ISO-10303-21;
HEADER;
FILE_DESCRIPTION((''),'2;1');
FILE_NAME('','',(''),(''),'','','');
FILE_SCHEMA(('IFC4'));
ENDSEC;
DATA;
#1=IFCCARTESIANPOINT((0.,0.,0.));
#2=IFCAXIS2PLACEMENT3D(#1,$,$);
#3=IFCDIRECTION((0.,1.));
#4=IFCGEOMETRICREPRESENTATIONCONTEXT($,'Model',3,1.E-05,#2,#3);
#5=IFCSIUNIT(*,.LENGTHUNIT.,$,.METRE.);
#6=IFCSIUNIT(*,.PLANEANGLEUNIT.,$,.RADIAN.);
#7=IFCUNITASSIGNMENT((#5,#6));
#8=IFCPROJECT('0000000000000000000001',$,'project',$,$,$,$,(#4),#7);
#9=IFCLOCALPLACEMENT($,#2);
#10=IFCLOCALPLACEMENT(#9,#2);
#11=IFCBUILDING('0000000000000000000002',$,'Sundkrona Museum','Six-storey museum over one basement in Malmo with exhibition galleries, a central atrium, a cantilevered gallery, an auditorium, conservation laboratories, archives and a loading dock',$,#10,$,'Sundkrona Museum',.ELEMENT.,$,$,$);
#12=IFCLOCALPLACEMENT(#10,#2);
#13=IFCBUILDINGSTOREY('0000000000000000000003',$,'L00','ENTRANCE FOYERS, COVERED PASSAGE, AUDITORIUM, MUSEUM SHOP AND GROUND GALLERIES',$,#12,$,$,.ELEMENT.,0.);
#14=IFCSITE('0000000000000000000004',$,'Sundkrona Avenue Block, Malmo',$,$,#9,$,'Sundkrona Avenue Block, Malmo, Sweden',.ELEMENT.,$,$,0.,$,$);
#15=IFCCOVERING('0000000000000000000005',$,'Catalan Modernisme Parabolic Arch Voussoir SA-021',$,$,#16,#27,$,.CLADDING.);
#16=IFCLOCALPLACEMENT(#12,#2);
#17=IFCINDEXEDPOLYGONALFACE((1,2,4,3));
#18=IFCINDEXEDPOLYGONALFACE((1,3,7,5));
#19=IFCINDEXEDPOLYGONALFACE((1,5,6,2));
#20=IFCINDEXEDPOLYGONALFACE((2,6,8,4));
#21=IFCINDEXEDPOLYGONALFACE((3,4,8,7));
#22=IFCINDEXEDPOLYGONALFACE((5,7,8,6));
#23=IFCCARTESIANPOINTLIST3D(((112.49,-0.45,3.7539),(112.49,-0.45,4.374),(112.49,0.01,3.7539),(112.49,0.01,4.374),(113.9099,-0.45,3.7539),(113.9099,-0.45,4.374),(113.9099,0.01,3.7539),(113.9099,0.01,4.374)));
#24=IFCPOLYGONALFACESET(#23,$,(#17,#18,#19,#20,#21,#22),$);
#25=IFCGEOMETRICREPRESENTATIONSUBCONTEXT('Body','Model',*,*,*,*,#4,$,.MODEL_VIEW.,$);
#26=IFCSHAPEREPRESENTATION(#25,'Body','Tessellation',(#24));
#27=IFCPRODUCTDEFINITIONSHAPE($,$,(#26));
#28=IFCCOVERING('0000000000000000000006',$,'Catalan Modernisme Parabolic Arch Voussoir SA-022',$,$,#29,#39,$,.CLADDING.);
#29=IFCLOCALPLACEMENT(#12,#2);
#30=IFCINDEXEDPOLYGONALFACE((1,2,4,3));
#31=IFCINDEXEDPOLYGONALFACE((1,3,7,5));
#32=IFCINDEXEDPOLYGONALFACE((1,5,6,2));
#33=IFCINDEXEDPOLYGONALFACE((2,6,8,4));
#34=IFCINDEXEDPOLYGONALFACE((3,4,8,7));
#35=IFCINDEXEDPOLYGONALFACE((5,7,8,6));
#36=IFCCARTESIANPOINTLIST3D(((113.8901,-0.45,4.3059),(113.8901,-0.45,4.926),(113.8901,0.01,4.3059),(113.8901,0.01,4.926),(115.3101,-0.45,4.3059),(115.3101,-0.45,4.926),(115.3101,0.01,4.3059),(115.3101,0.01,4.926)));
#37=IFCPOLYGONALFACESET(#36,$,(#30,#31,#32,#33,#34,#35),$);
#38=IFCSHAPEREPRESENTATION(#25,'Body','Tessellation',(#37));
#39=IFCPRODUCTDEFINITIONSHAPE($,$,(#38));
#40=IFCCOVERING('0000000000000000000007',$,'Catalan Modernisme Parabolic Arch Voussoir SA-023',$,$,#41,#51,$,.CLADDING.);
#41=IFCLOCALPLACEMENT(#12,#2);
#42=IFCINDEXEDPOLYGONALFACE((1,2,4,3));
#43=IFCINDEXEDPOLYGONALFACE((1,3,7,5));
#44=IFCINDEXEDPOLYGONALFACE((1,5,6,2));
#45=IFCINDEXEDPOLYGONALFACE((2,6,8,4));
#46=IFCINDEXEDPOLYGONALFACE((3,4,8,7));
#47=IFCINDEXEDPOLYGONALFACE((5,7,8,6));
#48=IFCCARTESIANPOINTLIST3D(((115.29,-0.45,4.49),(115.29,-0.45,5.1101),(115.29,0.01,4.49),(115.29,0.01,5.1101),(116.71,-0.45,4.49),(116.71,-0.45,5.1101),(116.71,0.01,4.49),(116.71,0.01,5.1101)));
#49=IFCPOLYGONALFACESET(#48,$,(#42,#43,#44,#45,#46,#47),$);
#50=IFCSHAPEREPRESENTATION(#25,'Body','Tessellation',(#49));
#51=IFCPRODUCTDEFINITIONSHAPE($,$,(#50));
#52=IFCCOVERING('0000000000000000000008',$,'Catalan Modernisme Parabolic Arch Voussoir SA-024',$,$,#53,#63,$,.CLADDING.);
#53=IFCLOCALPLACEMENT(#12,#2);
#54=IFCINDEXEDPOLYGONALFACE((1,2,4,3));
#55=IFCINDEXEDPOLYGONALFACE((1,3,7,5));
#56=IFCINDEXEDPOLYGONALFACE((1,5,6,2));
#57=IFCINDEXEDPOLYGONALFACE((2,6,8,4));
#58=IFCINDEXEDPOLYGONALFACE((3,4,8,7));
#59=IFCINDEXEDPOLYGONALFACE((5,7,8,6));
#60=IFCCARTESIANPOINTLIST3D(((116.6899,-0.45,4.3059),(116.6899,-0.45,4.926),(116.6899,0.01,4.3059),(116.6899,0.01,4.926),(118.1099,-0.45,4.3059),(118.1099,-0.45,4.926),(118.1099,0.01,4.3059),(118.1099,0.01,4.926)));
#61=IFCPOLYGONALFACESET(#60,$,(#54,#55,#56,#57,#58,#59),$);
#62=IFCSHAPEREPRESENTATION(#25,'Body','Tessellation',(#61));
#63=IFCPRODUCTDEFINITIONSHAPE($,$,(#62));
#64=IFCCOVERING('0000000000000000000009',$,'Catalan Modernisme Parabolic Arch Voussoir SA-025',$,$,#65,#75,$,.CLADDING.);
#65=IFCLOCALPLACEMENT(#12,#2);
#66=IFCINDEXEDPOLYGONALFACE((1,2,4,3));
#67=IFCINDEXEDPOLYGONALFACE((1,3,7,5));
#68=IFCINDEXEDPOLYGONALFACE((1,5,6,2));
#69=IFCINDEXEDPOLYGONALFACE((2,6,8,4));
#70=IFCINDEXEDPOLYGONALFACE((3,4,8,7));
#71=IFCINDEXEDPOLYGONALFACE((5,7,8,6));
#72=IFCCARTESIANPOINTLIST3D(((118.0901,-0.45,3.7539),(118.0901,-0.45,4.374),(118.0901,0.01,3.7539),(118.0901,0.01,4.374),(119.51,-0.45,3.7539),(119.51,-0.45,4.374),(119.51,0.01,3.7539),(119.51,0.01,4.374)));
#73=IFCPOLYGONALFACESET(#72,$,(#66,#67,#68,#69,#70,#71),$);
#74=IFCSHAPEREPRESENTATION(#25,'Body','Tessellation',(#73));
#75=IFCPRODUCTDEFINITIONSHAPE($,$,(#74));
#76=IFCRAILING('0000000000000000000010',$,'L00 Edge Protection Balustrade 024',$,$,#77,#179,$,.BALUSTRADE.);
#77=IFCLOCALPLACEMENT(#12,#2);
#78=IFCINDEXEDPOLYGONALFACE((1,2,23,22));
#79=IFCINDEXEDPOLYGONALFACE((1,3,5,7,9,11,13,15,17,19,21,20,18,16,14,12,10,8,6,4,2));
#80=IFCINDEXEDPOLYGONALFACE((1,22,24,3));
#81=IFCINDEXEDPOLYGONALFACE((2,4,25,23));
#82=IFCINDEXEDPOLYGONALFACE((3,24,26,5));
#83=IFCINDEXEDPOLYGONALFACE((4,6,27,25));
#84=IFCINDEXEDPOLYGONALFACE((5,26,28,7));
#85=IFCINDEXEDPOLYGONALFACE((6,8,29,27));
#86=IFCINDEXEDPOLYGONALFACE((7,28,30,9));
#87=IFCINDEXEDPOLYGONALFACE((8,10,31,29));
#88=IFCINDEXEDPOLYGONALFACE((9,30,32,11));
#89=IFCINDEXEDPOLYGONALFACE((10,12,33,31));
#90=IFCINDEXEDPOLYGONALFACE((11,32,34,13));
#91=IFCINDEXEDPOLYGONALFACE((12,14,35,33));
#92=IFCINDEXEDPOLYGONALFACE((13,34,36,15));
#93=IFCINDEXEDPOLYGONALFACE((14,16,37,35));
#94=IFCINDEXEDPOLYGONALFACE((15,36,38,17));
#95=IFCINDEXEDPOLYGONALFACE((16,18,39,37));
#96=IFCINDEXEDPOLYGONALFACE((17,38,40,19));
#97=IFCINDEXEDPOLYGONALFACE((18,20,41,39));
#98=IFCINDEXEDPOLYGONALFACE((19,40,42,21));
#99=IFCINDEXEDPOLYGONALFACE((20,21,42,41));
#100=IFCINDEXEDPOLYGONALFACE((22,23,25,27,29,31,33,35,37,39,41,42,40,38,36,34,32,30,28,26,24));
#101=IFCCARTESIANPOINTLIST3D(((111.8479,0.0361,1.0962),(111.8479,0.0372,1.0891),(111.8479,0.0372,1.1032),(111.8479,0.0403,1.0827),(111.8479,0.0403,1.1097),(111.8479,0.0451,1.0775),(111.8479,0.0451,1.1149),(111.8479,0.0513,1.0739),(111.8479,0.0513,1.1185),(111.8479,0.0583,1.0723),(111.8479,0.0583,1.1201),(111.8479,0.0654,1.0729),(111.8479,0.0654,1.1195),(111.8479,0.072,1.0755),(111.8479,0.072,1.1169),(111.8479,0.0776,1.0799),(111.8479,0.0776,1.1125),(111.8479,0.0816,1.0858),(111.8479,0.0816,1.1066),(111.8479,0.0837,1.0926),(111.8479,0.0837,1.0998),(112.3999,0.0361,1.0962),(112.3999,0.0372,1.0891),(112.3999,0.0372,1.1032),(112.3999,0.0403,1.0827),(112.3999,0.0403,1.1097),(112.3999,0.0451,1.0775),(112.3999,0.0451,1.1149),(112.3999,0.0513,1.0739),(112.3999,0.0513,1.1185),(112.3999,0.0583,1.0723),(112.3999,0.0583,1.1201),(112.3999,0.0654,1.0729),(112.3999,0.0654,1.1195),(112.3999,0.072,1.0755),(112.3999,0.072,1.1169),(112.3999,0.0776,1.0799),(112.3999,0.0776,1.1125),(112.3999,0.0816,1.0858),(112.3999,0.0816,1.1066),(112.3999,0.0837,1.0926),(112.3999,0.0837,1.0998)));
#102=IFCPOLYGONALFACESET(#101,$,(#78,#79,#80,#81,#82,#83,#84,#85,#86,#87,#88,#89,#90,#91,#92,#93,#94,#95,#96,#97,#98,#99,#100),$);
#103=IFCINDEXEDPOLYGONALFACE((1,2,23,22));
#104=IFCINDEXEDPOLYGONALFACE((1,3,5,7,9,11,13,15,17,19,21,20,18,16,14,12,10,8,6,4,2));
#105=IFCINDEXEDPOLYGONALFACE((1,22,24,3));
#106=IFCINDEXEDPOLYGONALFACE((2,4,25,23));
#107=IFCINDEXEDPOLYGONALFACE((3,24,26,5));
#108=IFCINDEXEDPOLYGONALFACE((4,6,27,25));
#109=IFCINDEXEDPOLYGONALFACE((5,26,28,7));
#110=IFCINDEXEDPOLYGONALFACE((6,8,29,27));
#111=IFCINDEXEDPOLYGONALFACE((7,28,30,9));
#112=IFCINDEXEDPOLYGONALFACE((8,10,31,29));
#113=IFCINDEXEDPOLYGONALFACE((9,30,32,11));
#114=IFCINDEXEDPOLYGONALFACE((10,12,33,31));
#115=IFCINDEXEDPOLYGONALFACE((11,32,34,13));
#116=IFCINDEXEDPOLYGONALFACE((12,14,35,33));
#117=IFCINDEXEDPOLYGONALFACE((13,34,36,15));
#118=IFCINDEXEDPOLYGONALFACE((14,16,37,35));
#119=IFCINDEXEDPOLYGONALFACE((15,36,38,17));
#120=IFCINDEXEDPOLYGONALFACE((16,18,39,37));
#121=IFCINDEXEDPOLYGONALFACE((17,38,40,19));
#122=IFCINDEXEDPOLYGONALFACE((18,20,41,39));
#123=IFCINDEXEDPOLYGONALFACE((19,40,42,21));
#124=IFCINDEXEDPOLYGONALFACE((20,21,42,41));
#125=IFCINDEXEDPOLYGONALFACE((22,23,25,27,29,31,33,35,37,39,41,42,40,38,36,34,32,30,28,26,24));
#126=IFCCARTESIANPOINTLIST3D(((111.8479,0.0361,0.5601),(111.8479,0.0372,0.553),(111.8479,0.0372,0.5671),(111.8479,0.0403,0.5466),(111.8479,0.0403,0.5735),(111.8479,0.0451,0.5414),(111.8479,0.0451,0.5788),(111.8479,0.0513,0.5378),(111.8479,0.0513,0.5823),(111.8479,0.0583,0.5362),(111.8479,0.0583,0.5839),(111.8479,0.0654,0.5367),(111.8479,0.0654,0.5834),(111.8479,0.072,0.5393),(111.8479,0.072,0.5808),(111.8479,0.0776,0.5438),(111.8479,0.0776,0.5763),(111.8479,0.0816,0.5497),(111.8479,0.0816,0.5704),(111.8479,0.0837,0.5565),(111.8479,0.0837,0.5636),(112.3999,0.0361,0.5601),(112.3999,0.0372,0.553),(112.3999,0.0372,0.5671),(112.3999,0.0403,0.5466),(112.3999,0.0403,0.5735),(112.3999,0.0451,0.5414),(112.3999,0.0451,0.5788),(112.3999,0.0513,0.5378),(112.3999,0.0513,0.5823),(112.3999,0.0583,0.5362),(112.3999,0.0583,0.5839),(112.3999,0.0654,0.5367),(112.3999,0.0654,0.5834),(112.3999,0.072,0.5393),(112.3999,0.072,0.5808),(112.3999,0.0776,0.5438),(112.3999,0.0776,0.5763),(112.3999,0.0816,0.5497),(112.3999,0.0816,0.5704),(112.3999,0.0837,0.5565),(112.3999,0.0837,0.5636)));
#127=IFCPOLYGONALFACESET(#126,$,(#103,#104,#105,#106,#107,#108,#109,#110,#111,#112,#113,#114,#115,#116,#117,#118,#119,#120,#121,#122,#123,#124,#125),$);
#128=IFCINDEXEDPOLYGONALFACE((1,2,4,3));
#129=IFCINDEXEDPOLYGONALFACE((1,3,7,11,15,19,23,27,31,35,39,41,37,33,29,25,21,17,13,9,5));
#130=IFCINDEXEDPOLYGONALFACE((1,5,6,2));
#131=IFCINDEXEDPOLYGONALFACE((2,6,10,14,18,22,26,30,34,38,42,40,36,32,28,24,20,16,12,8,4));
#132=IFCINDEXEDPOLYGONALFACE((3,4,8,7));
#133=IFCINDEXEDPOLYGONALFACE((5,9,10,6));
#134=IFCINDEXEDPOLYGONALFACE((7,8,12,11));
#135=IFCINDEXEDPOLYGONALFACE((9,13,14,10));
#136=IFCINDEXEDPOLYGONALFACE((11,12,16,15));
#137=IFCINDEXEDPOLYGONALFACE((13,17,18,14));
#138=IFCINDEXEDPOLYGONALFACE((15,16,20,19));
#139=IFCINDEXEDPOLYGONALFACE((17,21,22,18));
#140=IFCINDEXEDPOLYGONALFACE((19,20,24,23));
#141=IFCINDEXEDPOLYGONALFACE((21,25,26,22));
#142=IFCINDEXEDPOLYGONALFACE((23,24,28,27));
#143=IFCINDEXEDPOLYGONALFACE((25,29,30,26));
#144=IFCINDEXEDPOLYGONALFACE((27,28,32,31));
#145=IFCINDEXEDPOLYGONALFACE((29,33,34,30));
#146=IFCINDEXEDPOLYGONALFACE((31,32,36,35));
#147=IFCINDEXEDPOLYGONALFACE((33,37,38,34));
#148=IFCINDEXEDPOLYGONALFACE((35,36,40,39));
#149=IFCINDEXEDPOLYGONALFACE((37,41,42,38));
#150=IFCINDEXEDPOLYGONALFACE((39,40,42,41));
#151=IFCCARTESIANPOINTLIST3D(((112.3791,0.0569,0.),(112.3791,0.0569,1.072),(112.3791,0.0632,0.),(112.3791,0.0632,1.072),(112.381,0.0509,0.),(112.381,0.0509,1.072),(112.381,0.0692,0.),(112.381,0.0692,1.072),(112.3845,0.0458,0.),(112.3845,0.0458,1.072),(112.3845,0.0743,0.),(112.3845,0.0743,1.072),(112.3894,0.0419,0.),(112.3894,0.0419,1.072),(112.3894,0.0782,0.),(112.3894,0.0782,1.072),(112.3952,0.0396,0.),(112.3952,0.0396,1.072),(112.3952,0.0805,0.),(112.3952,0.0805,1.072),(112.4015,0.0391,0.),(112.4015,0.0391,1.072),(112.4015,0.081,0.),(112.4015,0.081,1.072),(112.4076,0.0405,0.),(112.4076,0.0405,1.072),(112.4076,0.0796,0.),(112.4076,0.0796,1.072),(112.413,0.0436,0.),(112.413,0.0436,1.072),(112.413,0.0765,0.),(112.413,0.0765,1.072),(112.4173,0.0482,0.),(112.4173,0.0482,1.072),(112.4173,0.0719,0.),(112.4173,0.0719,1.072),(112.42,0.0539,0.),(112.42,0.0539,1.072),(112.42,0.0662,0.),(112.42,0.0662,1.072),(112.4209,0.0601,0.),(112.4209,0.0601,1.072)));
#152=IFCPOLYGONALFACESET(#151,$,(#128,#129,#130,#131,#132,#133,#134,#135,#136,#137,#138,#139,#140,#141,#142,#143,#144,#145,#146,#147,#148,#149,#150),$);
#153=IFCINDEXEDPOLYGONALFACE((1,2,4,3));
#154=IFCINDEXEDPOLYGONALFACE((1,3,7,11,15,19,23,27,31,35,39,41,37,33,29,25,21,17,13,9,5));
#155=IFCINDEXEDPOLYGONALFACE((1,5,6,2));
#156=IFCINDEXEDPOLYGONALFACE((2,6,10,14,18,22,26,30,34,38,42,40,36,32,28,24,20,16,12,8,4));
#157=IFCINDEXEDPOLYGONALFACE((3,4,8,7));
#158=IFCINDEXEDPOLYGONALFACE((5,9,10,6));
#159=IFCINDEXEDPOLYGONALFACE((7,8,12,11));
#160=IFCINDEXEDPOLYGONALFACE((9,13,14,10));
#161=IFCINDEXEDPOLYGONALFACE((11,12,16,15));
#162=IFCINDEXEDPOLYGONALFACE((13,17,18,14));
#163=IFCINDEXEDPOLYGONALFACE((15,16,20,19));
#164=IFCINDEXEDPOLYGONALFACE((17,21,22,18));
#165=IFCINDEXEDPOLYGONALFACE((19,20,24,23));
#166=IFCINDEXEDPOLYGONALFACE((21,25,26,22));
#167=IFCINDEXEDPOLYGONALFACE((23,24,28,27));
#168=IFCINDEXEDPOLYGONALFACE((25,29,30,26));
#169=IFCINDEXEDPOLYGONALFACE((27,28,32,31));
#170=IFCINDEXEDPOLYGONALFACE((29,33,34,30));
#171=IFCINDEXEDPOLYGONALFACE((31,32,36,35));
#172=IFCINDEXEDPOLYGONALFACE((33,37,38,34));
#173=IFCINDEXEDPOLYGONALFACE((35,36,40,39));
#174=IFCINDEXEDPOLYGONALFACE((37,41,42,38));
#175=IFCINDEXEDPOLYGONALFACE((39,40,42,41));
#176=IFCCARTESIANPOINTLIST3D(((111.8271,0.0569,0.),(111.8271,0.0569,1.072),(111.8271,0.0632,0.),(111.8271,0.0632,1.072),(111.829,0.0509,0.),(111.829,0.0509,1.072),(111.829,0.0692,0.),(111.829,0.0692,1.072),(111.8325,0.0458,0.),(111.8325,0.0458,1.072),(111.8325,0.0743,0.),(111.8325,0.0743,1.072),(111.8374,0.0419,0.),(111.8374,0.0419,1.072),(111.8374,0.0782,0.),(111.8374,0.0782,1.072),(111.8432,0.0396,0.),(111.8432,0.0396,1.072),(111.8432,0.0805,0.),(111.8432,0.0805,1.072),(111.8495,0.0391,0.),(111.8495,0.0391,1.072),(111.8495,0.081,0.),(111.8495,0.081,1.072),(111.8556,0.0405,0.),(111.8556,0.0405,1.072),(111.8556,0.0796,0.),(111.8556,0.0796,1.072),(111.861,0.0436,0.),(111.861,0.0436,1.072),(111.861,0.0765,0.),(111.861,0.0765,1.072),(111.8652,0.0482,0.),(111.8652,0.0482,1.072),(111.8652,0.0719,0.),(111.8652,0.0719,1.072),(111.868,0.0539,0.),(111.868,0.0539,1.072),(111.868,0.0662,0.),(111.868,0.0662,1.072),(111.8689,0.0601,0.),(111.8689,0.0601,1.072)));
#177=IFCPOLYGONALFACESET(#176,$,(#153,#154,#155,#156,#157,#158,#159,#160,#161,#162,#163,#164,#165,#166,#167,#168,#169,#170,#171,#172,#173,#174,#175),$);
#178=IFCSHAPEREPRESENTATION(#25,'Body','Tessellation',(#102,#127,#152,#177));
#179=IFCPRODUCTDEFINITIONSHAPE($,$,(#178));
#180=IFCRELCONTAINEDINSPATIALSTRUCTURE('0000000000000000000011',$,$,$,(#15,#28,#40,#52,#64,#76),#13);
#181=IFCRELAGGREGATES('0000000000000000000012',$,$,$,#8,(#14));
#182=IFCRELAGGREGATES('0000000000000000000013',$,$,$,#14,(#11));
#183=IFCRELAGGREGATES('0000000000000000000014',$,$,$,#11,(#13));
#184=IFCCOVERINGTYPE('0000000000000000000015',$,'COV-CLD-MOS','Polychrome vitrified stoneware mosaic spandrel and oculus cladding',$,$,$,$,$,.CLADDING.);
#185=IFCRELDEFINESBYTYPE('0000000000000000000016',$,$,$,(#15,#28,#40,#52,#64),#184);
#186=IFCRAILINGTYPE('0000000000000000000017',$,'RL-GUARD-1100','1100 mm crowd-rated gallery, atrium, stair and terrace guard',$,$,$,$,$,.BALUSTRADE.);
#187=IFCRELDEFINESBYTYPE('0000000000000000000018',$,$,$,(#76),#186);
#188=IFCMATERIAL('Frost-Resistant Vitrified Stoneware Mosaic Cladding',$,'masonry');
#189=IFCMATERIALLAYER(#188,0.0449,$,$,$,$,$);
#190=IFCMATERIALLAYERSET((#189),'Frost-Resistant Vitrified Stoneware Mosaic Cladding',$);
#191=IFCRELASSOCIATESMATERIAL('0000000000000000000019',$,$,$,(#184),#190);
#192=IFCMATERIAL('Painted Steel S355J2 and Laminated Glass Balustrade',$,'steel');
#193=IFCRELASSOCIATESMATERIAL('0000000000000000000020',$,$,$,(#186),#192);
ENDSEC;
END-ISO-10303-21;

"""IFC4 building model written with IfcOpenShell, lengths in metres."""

from ifc_helpers import new_model, si_unit, direction, frame, origin, origin_2d, place, context, subcontext, project, spatial, rectangle, circle, extrude, material, layer, layer_set, type_object, element, save


model = new_model("IFC4")

# Units and contexts
model_context = context("Model", 3, precision=1e-05, world=origin(), true_north=direction((0.0, 1.0)))
body_context = subcontext(model_context, "Body", "Model", "MODEL_VIEW")
ifc_project = project(units=[si_unit("LENGTHUNIT", "METRE"), si_unit("PLANEANGLEUNIT", "RADIAN")], contexts=[model_context])

# Site, building, storey
site_placement = place(None, origin())
site = spatial("IfcSite", under=ifc_project, at=site_placement, Name="Sundkrona Avenue Block, Malmo", LongName="Sundkrona Avenue Block, Malmo, Sweden", CompositionType="ELEMENT", RefElevation=0.0)
building_placement = place(site_placement, origin())
building = spatial("IfcBuilding", under=site, at=building_placement, Name="Sundkrona Museum", Description="Six-storey museum over one basement in Malmo with exhibition galleries, a central atrium, a cantilevered gallery, an auditorium, conservation laboratories, archives and a loading dock", LongName="Sundkrona Museum", CompositionType="ELEMENT")
storey_placement = place(building_placement, origin())
storey = spatial("IfcBuildingStorey", under=building, at=storey_placement, Name="L00", Description="ENTRANCE FOYERS, COVERED PASSAGE, AUDITORIUM, MUSEUM SHOP AND GROUND GALLERIES", CompositionType="ELEMENT", Elevation=0.0)

# Coverings
ifc_material_1 = material(Name="Frost-Resistant Vitrified Stoneware Mosaic Cladding", Category="masonry")
ifc_layer_1 = layer(ifc_material_1, 0.0449)
ifc_layer_set_1 = layer_set([ifc_layer_1], Name="Frost-Resistant Vitrified Stoneware Mosaic Cladding")
covering_type = type_object("IfcCoveringType", Name="COV-CLD-MOS", Description="Polychrome vitrified stoneware mosaic spandrel and oculus cladding", PredefinedType="CLADDING", material=ifc_layer_set_1)
for number, where, z_axis, x_axis, name in (
    (1, (113.2, -0.22, 3.7539), (0.0, 0.0, 1.0), (1.0, 0.0, 0.0), "Catalan Modernisme Parabolic Arch Voussoir SA-021"),
    (2, (114.6001, -0.22, 4.3059), (0.0, 0.0, 1.0), (1.0, 0.0, 0.0), "Catalan Modernisme Parabolic Arch Voussoir SA-022"),
    (3, (116.0, -0.22, 4.49), (0.0, 0.0, 1.0), (1.0, 0.0, 0.0), "Catalan Modernisme Parabolic Arch Voussoir SA-023"),
    (4, (117.3999, -0.22, 4.3059), (0.0, 0.0, 1.0), (1.0, 0.0, 0.0), "Catalan Modernisme Parabolic Arch Voussoir SA-024"),
    (5, (118.8, -0.22, 3.7539), (0.0, 0.0, 1.0), (1.0, 0.0, 0.0), "Catalan Modernisme Parabolic Arch Voussoir SA-025"),
):
    element("IfcCovering", number, at=place(storey_placement, frame(where, z_axis=z_axis, x_axis=x_axis)), inside=storey, type_object=covering_type, Name=name, PredefinedType="CLADDING", context=body_context, shape_type="SweptSolid", body=[
        extrude(rectangle(XDim=1.4199, YDim=0.46, at=origin_2d()), origin(), (0.0, 0.0, 1.0), 0.6201),
    ])

# Railing
ifc_material_2 = material(Name="Painted Steel S355J2 and Laminated Glass Balustrade", Category="steel")
railing_type = type_object("IfcRailingType", Name="RL-GUARD-1100", Description="1100 mm crowd-rated gallery, atrium, stair and terrace guard", PredefinedType="BALUSTRADE", material=ifc_material_2)
railing_1_placement = place(storey_placement, frame((112.3999, 0.0601, 0.0)))
element("IfcRailing", 6, at=railing_1_placement, inside=storey, type_object=railing_type, Name="L00 Edge Protection Balustrade 024", PredefinedType="BALUSTRADE", context=body_context, shape_type="SweptSolid", body=[
    extrude(circle(Radius=0.0239, at=origin_2d()), frame((0.0, 0.0, 1.0962), z_axis=(-1.0, 0.0, 0.0), x_axis=(0.0, -1.0, 0.0)), (0.0, 0.0, 1.0), 0.552),
    extrude(circle(Radius=0.0239, at=origin_2d()), frame((0.0, 0.0, 0.5601), z_axis=(-1.0, 0.0, 0.0), x_axis=(0.0, -1.0, 0.0)), (0.0, 0.0, 1.0), 0.552),
    extrude(circle(Radius=0.021, at=origin_2d()), origin(), (0.0, 0.0, 1.0), 1.072),
    extrude(circle(Radius=0.021, at=origin_2d()), frame((-0.552, 0.0, 0.0)), (0.0, 0.0, 1.0), 1.072),
])

save(model, "model.ifc")
